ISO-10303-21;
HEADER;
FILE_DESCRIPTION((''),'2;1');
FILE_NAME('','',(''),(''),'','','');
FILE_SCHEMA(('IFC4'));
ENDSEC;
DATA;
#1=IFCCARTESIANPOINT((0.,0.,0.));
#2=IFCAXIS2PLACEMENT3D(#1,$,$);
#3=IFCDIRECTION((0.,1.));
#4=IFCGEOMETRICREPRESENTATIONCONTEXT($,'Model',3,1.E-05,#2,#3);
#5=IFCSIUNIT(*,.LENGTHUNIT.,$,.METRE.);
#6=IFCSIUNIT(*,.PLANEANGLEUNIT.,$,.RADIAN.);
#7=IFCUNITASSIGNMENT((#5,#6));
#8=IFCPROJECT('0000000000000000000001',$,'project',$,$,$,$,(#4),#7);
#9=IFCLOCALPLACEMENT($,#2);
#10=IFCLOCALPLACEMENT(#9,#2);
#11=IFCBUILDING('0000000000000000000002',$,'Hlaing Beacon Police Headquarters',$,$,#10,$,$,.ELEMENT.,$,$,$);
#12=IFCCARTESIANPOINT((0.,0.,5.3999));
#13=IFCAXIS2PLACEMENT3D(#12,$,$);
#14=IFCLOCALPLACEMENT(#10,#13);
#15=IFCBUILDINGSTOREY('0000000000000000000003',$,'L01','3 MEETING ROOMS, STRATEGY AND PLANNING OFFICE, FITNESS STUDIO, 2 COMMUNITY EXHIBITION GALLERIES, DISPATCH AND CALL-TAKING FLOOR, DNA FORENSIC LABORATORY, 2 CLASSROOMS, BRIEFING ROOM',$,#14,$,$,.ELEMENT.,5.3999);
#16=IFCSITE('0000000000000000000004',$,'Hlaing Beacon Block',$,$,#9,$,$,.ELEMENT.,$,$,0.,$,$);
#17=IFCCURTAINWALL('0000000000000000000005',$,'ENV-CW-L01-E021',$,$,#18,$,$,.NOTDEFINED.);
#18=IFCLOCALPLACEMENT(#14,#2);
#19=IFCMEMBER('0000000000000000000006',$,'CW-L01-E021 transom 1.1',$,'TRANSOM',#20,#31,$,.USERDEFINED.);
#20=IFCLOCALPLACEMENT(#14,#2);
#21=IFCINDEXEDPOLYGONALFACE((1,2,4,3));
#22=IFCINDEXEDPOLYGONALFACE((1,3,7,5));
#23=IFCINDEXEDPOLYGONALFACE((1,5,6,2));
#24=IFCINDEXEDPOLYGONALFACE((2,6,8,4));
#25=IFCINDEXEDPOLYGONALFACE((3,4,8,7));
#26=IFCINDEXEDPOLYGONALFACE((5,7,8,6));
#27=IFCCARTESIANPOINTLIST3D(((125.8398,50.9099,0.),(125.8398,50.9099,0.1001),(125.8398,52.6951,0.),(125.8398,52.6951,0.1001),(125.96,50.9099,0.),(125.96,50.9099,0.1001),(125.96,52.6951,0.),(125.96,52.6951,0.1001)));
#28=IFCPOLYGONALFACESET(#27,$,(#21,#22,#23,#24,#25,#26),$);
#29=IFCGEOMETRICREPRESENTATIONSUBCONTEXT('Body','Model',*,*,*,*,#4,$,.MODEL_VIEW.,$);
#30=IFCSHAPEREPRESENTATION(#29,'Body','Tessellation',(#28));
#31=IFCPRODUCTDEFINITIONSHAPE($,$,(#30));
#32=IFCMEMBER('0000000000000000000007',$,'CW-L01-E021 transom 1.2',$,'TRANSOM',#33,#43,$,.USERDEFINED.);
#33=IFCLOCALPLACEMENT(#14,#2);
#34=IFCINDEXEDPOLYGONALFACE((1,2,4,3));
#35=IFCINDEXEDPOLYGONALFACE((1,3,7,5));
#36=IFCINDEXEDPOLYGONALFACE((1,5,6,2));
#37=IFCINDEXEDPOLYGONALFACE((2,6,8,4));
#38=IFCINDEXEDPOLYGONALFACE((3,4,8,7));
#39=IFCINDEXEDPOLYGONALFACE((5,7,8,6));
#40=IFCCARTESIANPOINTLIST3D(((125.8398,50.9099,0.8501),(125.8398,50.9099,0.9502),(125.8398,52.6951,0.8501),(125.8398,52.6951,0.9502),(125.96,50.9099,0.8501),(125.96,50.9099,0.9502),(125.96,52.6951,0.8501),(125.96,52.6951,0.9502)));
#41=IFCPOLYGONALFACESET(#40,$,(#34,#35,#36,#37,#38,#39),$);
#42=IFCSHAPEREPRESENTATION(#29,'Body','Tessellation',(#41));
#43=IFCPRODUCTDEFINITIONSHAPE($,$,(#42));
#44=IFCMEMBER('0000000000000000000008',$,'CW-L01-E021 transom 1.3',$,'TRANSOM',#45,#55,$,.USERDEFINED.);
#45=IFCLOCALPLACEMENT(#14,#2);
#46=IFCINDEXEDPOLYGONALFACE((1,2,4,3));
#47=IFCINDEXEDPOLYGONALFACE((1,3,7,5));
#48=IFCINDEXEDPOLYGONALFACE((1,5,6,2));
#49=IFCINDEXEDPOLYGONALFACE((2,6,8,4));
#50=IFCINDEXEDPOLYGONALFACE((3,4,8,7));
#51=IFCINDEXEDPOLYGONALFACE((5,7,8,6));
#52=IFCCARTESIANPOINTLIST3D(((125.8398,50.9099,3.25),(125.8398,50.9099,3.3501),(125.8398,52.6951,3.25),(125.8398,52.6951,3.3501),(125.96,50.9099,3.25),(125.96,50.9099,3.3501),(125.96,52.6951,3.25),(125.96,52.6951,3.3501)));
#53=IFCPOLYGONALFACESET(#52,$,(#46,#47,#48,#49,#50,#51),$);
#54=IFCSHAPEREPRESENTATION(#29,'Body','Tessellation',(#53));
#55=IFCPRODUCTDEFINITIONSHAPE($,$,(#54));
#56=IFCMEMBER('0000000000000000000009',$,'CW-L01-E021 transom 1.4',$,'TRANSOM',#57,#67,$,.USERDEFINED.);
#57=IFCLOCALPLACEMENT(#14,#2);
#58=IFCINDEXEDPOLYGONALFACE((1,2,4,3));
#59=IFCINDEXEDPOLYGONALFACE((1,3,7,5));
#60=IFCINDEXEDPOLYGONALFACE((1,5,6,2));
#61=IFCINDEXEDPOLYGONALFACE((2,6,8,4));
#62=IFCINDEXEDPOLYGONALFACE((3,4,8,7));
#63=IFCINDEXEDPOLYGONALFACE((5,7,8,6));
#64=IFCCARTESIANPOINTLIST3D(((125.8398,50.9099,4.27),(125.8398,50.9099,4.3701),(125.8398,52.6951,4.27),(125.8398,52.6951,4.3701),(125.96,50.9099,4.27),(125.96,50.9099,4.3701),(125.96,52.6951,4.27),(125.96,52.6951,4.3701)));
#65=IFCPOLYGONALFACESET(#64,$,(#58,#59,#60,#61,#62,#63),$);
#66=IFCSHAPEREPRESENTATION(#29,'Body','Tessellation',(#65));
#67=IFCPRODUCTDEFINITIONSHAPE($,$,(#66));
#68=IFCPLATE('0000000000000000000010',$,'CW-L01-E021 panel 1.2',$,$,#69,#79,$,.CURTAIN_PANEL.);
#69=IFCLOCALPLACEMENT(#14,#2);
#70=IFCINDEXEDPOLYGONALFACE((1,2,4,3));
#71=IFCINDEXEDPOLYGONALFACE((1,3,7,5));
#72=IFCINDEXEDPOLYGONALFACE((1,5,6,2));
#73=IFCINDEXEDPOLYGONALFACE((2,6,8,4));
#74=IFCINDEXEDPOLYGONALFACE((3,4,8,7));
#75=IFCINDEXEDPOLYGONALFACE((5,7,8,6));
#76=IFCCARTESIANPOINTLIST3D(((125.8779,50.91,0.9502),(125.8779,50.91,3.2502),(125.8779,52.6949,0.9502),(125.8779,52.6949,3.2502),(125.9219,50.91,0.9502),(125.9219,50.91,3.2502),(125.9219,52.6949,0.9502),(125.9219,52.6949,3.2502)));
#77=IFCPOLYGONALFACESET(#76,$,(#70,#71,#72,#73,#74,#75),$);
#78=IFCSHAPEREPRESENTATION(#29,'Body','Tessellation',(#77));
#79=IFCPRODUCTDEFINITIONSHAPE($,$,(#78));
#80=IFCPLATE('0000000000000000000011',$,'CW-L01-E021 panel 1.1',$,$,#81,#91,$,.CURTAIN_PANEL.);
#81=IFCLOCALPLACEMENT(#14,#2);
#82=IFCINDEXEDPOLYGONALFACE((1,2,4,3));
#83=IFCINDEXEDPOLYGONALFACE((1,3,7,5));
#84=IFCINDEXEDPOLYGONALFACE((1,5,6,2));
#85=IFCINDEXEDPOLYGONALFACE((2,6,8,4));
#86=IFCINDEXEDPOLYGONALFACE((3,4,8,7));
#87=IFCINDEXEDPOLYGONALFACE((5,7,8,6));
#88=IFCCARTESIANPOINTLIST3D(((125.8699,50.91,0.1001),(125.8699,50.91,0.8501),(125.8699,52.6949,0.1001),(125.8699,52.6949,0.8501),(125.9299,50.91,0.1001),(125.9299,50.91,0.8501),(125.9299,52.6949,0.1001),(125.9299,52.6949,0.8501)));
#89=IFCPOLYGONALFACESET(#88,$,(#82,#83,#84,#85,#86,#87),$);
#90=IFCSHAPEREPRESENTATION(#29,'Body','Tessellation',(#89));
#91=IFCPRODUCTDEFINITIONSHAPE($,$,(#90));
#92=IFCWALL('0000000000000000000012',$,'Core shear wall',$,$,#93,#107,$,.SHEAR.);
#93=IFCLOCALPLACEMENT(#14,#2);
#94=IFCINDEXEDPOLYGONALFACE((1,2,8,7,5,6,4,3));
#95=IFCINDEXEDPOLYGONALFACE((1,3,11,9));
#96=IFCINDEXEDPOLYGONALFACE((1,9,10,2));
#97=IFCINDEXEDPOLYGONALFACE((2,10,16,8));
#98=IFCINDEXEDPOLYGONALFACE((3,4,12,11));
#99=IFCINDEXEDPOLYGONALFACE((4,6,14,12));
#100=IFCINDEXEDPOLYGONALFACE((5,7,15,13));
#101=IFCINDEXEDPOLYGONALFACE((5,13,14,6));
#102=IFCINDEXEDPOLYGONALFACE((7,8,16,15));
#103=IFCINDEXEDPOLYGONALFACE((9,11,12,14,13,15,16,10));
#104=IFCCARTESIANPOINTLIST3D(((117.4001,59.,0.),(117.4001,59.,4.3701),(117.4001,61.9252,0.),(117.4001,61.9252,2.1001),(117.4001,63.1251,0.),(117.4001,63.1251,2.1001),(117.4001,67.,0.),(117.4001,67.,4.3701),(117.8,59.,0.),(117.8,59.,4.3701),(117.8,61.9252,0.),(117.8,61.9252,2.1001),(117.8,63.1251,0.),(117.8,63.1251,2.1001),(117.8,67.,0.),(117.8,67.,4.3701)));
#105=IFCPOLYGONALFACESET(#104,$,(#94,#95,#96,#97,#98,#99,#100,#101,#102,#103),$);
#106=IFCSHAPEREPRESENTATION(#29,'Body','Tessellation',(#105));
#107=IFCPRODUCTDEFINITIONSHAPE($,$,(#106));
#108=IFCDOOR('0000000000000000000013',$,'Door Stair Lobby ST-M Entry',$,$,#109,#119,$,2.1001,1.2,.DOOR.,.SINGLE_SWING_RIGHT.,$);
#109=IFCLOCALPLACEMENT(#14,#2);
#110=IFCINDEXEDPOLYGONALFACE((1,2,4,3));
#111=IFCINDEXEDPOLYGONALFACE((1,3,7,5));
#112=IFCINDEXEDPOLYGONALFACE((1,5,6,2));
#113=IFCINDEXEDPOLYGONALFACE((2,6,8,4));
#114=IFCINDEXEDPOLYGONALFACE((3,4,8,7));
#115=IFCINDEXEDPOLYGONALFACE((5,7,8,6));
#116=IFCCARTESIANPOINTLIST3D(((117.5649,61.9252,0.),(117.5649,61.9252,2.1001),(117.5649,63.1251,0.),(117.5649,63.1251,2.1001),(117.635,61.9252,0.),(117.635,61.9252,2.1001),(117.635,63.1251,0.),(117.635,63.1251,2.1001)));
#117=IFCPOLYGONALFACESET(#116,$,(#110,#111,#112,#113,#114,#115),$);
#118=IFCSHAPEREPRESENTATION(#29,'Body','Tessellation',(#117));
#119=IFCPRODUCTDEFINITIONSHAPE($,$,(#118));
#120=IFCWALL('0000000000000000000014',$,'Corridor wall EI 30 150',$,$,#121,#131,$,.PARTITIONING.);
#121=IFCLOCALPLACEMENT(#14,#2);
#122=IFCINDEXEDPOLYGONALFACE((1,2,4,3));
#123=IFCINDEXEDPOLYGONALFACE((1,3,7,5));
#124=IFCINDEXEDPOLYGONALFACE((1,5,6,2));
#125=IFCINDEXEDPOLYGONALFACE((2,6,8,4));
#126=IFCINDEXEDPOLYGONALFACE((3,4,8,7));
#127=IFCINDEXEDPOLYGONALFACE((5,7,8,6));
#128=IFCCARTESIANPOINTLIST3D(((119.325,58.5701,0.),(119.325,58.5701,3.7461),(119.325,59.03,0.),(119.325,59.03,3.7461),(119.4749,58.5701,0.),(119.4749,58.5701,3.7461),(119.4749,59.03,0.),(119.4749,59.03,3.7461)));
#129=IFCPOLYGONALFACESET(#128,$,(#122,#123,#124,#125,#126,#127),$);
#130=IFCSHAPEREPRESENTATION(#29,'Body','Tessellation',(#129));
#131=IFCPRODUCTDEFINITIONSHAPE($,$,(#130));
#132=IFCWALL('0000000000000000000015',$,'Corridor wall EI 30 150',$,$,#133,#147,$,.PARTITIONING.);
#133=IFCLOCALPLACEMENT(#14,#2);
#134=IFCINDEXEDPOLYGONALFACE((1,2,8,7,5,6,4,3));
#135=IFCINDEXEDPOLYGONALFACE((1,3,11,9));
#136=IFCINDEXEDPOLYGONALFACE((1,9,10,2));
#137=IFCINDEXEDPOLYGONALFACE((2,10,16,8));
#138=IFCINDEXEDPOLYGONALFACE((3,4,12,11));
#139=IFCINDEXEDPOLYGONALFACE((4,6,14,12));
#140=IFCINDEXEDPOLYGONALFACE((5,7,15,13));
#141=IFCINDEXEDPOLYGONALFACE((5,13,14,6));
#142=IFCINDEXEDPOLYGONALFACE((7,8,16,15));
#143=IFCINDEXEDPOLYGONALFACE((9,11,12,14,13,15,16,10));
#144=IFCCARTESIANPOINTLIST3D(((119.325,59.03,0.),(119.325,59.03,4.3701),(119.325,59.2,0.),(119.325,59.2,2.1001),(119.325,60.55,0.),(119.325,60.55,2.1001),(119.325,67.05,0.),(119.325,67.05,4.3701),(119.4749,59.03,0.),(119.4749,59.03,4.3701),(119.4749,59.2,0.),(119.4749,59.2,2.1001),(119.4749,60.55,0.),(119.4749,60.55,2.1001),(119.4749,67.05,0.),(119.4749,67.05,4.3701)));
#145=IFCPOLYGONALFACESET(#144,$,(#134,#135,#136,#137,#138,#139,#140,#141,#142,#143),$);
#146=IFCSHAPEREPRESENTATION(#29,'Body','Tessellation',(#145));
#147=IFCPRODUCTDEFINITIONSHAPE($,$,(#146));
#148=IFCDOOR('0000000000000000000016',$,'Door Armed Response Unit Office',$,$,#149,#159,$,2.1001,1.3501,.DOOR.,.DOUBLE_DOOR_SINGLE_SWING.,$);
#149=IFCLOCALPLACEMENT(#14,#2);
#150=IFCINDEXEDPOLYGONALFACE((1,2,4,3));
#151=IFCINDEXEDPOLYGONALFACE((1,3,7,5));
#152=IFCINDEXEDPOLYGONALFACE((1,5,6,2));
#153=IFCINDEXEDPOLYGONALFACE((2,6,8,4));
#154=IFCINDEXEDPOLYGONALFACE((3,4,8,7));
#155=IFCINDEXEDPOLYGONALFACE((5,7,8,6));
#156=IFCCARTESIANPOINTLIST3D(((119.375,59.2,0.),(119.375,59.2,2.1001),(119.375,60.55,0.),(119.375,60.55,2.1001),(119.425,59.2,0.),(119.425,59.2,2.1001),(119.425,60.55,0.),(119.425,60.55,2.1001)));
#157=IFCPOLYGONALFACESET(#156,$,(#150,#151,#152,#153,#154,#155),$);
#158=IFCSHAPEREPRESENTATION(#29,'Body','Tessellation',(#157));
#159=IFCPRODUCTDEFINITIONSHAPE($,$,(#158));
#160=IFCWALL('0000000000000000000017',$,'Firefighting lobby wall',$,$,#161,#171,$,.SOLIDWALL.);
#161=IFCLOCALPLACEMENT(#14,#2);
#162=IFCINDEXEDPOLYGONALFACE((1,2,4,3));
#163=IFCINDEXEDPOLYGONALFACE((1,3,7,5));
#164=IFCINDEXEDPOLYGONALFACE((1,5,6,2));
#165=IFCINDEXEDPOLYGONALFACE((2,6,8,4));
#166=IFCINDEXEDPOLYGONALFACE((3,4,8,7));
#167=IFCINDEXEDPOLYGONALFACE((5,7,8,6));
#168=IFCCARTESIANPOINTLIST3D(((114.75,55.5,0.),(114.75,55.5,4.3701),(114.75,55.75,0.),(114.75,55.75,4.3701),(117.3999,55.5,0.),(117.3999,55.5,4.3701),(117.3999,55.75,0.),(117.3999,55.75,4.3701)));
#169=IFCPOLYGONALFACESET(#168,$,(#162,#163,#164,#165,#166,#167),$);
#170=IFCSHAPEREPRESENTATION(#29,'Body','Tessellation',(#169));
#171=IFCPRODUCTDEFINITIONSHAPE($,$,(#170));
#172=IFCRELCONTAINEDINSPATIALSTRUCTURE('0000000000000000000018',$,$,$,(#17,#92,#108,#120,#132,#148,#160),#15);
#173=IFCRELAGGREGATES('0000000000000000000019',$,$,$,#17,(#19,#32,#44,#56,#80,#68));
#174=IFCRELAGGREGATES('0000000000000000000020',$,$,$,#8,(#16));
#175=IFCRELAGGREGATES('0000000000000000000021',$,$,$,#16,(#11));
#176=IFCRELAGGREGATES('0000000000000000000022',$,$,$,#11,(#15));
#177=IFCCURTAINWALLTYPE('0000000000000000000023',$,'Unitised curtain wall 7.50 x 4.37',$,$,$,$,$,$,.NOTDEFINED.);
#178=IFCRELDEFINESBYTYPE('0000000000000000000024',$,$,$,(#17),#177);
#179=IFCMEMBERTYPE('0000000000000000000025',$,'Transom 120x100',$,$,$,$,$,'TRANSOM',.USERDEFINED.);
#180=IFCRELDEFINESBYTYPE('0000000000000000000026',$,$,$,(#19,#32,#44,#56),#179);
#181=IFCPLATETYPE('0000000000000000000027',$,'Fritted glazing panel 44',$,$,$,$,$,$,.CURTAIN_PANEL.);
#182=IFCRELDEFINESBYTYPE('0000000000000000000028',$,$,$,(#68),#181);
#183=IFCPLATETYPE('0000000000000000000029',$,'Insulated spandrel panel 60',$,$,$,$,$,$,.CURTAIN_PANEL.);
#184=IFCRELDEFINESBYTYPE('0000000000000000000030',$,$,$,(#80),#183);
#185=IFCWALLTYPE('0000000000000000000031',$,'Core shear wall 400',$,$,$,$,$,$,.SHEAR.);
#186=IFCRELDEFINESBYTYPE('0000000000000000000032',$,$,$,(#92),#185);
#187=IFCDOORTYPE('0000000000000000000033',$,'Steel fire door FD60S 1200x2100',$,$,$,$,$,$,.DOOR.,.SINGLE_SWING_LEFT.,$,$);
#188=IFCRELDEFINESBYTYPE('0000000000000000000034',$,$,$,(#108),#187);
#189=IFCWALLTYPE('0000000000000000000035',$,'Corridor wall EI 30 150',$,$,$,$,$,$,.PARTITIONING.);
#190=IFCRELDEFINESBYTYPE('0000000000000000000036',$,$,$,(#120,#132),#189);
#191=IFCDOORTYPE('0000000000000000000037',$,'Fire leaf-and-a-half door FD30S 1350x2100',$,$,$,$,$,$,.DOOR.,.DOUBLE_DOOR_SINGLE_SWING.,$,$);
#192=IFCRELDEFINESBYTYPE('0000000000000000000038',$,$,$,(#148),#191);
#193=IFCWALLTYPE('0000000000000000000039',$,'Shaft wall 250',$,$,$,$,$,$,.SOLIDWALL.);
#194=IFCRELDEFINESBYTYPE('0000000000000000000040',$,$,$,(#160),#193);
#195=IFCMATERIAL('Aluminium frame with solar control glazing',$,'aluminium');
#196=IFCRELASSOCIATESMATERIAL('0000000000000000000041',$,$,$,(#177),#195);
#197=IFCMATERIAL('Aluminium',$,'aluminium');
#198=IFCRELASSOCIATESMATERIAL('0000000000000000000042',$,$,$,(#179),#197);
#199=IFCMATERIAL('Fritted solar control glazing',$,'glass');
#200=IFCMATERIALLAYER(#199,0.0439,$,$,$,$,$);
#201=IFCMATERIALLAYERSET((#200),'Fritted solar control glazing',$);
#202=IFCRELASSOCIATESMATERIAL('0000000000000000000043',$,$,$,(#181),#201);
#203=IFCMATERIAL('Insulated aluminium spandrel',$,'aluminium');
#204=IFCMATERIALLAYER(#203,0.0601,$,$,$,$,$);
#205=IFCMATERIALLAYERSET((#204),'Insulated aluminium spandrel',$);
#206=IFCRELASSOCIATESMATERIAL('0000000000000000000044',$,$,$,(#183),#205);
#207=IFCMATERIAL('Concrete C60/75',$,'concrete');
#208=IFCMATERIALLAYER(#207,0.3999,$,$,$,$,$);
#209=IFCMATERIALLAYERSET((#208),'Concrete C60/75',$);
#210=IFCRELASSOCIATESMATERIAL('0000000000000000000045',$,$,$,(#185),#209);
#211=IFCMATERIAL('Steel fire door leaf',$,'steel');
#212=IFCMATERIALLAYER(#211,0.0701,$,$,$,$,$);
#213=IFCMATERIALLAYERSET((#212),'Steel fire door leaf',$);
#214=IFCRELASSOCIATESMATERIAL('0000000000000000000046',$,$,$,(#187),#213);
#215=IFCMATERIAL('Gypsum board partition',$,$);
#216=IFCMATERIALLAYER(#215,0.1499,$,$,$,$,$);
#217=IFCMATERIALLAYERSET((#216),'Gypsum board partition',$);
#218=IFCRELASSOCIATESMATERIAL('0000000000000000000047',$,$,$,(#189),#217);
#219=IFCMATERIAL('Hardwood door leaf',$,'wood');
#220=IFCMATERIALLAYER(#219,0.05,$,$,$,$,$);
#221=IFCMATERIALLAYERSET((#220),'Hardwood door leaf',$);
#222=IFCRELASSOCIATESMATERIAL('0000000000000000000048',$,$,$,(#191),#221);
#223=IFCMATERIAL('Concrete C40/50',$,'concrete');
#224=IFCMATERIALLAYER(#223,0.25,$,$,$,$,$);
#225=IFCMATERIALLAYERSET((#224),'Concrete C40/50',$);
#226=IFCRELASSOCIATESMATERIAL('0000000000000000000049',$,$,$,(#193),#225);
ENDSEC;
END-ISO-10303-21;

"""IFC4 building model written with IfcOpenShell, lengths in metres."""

from ifc_helpers import new_model, si_unit, direction, frame, frame_2d, origin, origin_2d, place, context, subcontext, project, spatial, rectangle, extrude, material, layer, layer_set, material_profile, profile_set, type_object, element, fill, aggregate, save


model = new_model("IFC4")

# Units and contexts
model_context = context("Model", 3, precision=1e-05, world=origin(), true_north=direction((0.0, 1.0)))
body_context = subcontext(model_context, "Body", "Model", "MODEL_VIEW")
ifc_project = project(units=[si_unit("LENGTHUNIT", "METRE"), si_unit("PLANEANGLEUNIT", "RADIAN")], contexts=[model_context])

# Site, building, storey
site_placement = place(None, origin())
site = spatial("IfcSite", under=ifc_project, at=site_placement, Name="Hlaing Beacon Block", CompositionType="ELEMENT", RefElevation=0.0)
building_placement = place(site_placement, origin())
building = spatial("IfcBuilding", under=site, at=building_placement, Name="Hlaing Beacon Police Headquarters", CompositionType="ELEMENT")
storey_placement = place(building_placement, frame((0.0, 0.0, 5.3999)))
storey = spatial("IfcBuildingStorey", under=building, at=storey_placement, Name="L01", Description="3 MEETING ROOMS, STRATEGY AND PLANNING OFFICE, FITNESS STUDIO, 2 COMMUNITY EXHIBITION GALLERIES, DISPATCH AND CALL-TAKING FLOOR, DNA FORENSIC LABORATORY, 2 CLASSROOMS, BRIEFING ROOM", CompositionType="ELEMENT", Elevation=5.3999)

# Curtain wall, members, plates
ifc_material_1 = material(Name="Aluminium frame with solar control glazing", Category="aluminium")
curtain_wall_type = type_object("IfcCurtainWallType", Name="Unitised curtain wall 7.50 x 4.37", PredefinedType="NOTDEFINED", material=ifc_material_1)
curtain_wall_placement = place(storey_placement, origin())
curtain_wall = element("IfcCurtainWall", 1, at=curtain_wall_placement, inside=storey, type_object=curtain_wall_type, Name="ENV-CW-L01-E021", PredefinedType="NOTDEFINED")
ifc_material_2 = material(Name="Aluminium", Category="aluminium")
ifc_material_profile = material_profile(ifc_material_2, rectangle(XDim=0.1201, YDim=0.1001, at=origin_2d()), Name="Transom 120x100")
ifc_profile_set = profile_set([ifc_material_profile], Name="Aluminium")
member_type = type_object("IfcMemberType", Name="Transom 120x100", ElementType="TRANSOM", PredefinedType="USERDEFINED", material=ifc_profile_set)
member_1_placement = place(storey_placement, frame((125.8999, 50.9099, 0.05), z_axis=(0.0, 1.0, 0.0), x_axis=(-1.0, 0.0, 0.0)))
member_1 = element("IfcMember", 2, at=member_1_placement, type_object=member_type, Name="CW-L01-E021 transom 1.1", ObjectType="TRANSOM", PredefinedType="USERDEFINED", context=body_context, shape_type="SweptSolid", body=[
    extrude(rectangle(XDim=0.1201, YDim=0.1001, at=origin_2d()), origin(), (0.0, 0.0, 1.0), 1.7852),
])
member_2_placement = place(storey_placement, frame((125.8999, 50.9099, 0.9001), z_axis=(0.0, 1.0, 0.0), x_axis=(-1.0, 0.0, 0.0)))
member_2 = element("IfcMember", 3, at=member_2_placement, type_object=member_type, Name="CW-L01-E021 transom 1.2", ObjectType="TRANSOM", PredefinedType="USERDEFINED", context=body_context, shape_type="SweptSolid", body=[
    extrude(rectangle(XDim=0.1201, YDim=0.1001, at=origin_2d()), origin(), (0.0, 0.0, 1.0), 1.7852),
])
member_3_placement = place(storey_placement, frame((125.8999, 50.9099, 3.3), z_axis=(0.0, 1.0, 0.0), x_axis=(-1.0, 0.0, 0.0)))
member_3 = element("IfcMember", 4, at=member_3_placement, type_object=member_type, Name="CW-L01-E021 transom 1.3", ObjectType="TRANSOM", PredefinedType="USERDEFINED", context=body_context, shape_type="SweptSolid", body=[
    extrude(rectangle(XDim=0.1201, YDim=0.1001, at=origin_2d()), origin(), (0.0, 0.0, 1.0), 1.7852),
])
member_4_placement = place(storey_placement, frame((125.8999, 50.9099, 4.3201), z_axis=(0.0, 1.0, 0.0), x_axis=(-1.0, 0.0, 0.0)))
member_4 = element("IfcMember", 5, at=member_4_placement, type_object=member_type, Name="CW-L01-E021 transom 1.4", ObjectType="TRANSOM", PredefinedType="USERDEFINED", context=body_context, shape_type="SweptSolid", body=[
    extrude(rectangle(XDim=0.1201, YDim=0.1001, at=origin_2d()), origin(), (0.0, 0.0, 1.0), 1.7852),
])
ifc_material_3 = material(Name="Fritted solar control glazing", Category="glass")
ifc_layer_1 = layer(ifc_material_3, 0.0439)
ifc_layer_set_1 = layer_set([ifc_layer_1], Name="Fritted solar control glazing")
plate_type_1 = type_object("IfcPlateType", Name="Fritted glazing panel 44", PredefinedType="CURTAIN_PANEL", material=ifc_layer_set_1)
plate_1_placement = place(storey_placement, frame((125.8999, 51.8025, 0.9502), z_axis=(0.0, 0.0, 1.0), x_axis=(0.0, 1.0, 0.0)))
plate_1 = element("IfcPlate", 6, at=plate_1_placement, type_object=plate_type_1, Name="CW-L01-E021 panel 1.2", PredefinedType="CURTAIN_PANEL", context=body_context, shape_type="SweptSolid", body=[
    extrude(rectangle(XDim=1.7849, YDim=0.0439, at=origin_2d()), origin(), (0.0, 0.0, 1.0), 2.3),
])
ifc_material_4 = material(Name="Insulated aluminium spandrel", Category="aluminium")
ifc_layer_2 = layer(ifc_material_4, 0.0601)
ifc_layer_set_2 = layer_set([ifc_layer_2], Name="Insulated aluminium spandrel")
plate_type_2 = type_object("IfcPlateType", Name="Insulated spandrel panel 60", PredefinedType="CURTAIN_PANEL", material=ifc_layer_set_2)
plate_2_placement = place(storey_placement, frame((125.8999, 51.8025, 0.1001), z_axis=(0.0, 0.0, 1.0), x_axis=(0.0, 1.0, 0.0)))
plate_2 = element("IfcPlate", 7, at=plate_2_placement, type_object=plate_type_2, Name="CW-L01-E021 panel 1.1", PredefinedType="CURTAIN_PANEL", context=body_context, shape_type="SweptSolid", body=[
    extrude(rectangle(XDim=1.7849, YDim=0.0601, at=origin_2d()), origin(), (0.0, 0.0, 1.0), 0.75),
])
aggregate(curtain_wall, [member_1, member_2, member_3, member_4, plate_2, plate_1])

# Wall, opening, door
ifc_material_5 = material(Name="Concrete C60/75", Category="concrete")
ifc_layer_3 = layer(ifc_material_5, 0.3999)
ifc_layer_set_3 = layer_set([ifc_layer_3], Name="Concrete C60/75")
wall_type_1 = type_object("IfcWallType", Name="Core shear wall 400", PredefinedType="SHEAR", material=ifc_layer_set_3)
wall_1_placement = place(storey_placement, frame((117.6001, 59.0, 0.0), z_axis=(0.0, 0.0, 1.0), x_axis=(0.0, 1.0, 0.0)))
wall_1 = element("IfcWall", 8, at=wall_1_placement, inside=storey, type_object=wall_type_1, Name="Core shear wall", PredefinedType="SHEAR", context=body_context, shape_type="SweptSolid", body=[
    extrude(rectangle(XDim=8.0, YDim=0.3999, at=frame_2d((4.0, 0.0))), origin(), (0.0, 0.0, 1.0), 4.3701),
])
opening_1_placement = place(wall_1_placement, frame((2.925, 0.0, 0.0)))
opening_1 = element("IfcOpeningElement", 9, at=opening_1_placement, cuts=wall_1, PredefinedType="OPENING", context=body_context, shape_type="SweptSolid", body=[
    extrude(rectangle(XDim=1.2, YDim=2.1001, at=frame_2d((0.6001, 1.05))), frame((0.0, 0.21, 0.0), z_axis=(0.0, -1.0, 0.0), x_axis=(1.0, 0.0, 0.0)), (0.0, 0.0, 1.0), 0.4199),
])
ifc_material_6 = material(Name="Steel fire door leaf", Category="steel")
ifc_layer_4 = layer(ifc_material_6, 0.0701)
ifc_layer_set_4 = layer_set([ifc_layer_4], Name="Steel fire door leaf")
door_type_1 = type_object("IfcDoorType", Name="Steel fire door FD60S 1200x2100", OperationType="SINGLE_SWING_LEFT", PredefinedType="DOOR", material=ifc_layer_set_4)
door_1_placement = place(opening_1_placement, origin())
door_1 = element("IfcDoor", 10, at=door_1_placement, inside=storey, type_object=door_type_1, Name="Door Stair Lobby ST-M Entry", OperationType="SINGLE_SWING_RIGHT", OverallHeight=2.1001, OverallWidth=1.2, PredefinedType="DOOR", context=body_context, shape_type="SweptSolid", body=[
    extrude(rectangle(XDim=1.2, YDim=2.1001, at=frame_2d((0.6001, 1.05))), frame((0.0, 0.0352, 0.0), z_axis=(0.0, -1.0, 0.0), x_axis=(1.0, 0.0, 0.0)), (0.0, 0.0, 1.0), 0.0701),
])
fill(opening_1, door_1)

# Wall
ifc_material_7 = material(Name="Gypsum board partition")
ifc_layer_5 = layer(ifc_material_7, 0.1499)
ifc_layer_set_5 = layer_set([ifc_layer_5], Name="Gypsum board partition")
wall_type_2 = type_object("IfcWallType", Name="Corridor wall EI 30 150", PredefinedType="PARTITIONING", material=ifc_layer_set_5)
wall_2_placement = place(storey_placement, frame((119.3999, 58.5701, 0.0), z_axis=(0.0, 0.0, 1.0), x_axis=(0.0, 1.0, 0.0)))
element("IfcWall", 11, at=wall_2_placement, inside=storey, type_object=wall_type_2, Name="Corridor wall EI 30 150", PredefinedType="PARTITIONING", context=body_context, shape_type="SweptSolid", body=[
    extrude(rectangle(XDim=0.46, YDim=0.1499, at=frame_2d((0.23, 0.0))), origin(), (0.0, 0.0, 1.0), 3.7461),
])

# Wall, opening, door
wall_3_placement = place(storey_placement, frame((119.3999, 59.03, 0.0), z_axis=(0.0, 0.0, 1.0), x_axis=(0.0, 1.0, 0.0)))
wall_3 = element("IfcWall", 12, at=wall_3_placement, inside=storey, type_object=wall_type_2, Name="Corridor wall EI 30 150", PredefinedType="PARTITIONING", context=body_context, shape_type="SweptSolid", body=[
    extrude(rectangle(XDim=8.02, YDim=0.1499, at=frame_2d((4.01, 0.0))), origin(), (0.0, 0.0, 1.0), 4.3701),
])
opening_2_placement = place(wall_3_placement, frame((0.1699, 0.0, 0.0)))
opening_2 = element("IfcOpeningElement", 13, at=opening_2_placement, cuts=wall_3, PredefinedType="OPENING", context=body_context, shape_type="SweptSolid", body=[
    extrude(rectangle(XDim=1.3501, YDim=2.1001, at=frame_2d((0.675, 1.05))), frame((0.0, 0.085, 0.0), z_axis=(0.0, -1.0, 0.0), x_axis=(1.0, 0.0, 0.0)), (0.0, 0.0, 1.0), 0.1699),
])
ifc_material_8 = material(Name="Hardwood door leaf", Category="wood")
ifc_layer_6 = layer(ifc_material_8, 0.05)
ifc_layer_set_6 = layer_set([ifc_layer_6], Name="Hardwood door leaf")
door_type_2 = type_object("IfcDoorType", Name="Fire leaf-and-a-half door FD30S 1350x2100", OperationType="DOUBLE_DOOR_SINGLE_SWING", PredefinedType="DOOR", material=ifc_layer_set_6)
door_2_placement = place(opening_2_placement, frame((1.3501, 0.0, 0.0), z_axis=(0.0, 0.0, 1.0), x_axis=(-1.0, 0.0, 0.0)))
door_2 = element("IfcDoor", 14, at=door_2_placement, inside=storey, type_object=door_type_2, Name="Door Armed Response Unit Office", OperationType="DOUBLE_DOOR_SINGLE_SWING", OverallHeight=2.1001, OverallWidth=1.3501, PredefinedType="DOOR", context=body_context, shape_type="SweptSolid", body=[
    extrude(rectangle(XDim=1.3501, YDim=2.1001, at=frame_2d((0.675, 1.05))), frame((0.0, 0.0251, 0.0), z_axis=(0.0, -1.0, 0.0), x_axis=(1.0, 0.0, 0.0)), (0.0, 0.0, 1.0), 0.05),
])
fill(opening_2, door_2)

# Wall
ifc_material_9 = material(Name="Concrete C40/50", Category="concrete")
ifc_layer_7 = layer(ifc_material_9, 0.25)
ifc_layer_set_7 = layer_set([ifc_layer_7], Name="Concrete C40/50")
wall_type_3 = type_object("IfcWallType", Name="Shaft wall 250", PredefinedType="SOLIDWALL", material=ifc_layer_set_7)
wall_4_placement = place(storey_placement, frame((114.75, 55.625, 0.0), z_axis=(0.0, 0.0, 1.0), x_axis=(1.0, 0.0, 0.0)))
element("IfcWall", 15, at=wall_4_placement, inside=storey, type_object=wall_type_3, Name="Firefighting lobby wall", PredefinedType="SOLIDWALL", context=body_context, shape_type="SweptSolid", body=[
    extrude(rectangle(XDim=2.6499, YDim=0.25, at=frame_2d((1.325, 0.0))), origin(), (0.0, 0.0, 1.0), 4.3701),
])

save(model, "model.ifc")
